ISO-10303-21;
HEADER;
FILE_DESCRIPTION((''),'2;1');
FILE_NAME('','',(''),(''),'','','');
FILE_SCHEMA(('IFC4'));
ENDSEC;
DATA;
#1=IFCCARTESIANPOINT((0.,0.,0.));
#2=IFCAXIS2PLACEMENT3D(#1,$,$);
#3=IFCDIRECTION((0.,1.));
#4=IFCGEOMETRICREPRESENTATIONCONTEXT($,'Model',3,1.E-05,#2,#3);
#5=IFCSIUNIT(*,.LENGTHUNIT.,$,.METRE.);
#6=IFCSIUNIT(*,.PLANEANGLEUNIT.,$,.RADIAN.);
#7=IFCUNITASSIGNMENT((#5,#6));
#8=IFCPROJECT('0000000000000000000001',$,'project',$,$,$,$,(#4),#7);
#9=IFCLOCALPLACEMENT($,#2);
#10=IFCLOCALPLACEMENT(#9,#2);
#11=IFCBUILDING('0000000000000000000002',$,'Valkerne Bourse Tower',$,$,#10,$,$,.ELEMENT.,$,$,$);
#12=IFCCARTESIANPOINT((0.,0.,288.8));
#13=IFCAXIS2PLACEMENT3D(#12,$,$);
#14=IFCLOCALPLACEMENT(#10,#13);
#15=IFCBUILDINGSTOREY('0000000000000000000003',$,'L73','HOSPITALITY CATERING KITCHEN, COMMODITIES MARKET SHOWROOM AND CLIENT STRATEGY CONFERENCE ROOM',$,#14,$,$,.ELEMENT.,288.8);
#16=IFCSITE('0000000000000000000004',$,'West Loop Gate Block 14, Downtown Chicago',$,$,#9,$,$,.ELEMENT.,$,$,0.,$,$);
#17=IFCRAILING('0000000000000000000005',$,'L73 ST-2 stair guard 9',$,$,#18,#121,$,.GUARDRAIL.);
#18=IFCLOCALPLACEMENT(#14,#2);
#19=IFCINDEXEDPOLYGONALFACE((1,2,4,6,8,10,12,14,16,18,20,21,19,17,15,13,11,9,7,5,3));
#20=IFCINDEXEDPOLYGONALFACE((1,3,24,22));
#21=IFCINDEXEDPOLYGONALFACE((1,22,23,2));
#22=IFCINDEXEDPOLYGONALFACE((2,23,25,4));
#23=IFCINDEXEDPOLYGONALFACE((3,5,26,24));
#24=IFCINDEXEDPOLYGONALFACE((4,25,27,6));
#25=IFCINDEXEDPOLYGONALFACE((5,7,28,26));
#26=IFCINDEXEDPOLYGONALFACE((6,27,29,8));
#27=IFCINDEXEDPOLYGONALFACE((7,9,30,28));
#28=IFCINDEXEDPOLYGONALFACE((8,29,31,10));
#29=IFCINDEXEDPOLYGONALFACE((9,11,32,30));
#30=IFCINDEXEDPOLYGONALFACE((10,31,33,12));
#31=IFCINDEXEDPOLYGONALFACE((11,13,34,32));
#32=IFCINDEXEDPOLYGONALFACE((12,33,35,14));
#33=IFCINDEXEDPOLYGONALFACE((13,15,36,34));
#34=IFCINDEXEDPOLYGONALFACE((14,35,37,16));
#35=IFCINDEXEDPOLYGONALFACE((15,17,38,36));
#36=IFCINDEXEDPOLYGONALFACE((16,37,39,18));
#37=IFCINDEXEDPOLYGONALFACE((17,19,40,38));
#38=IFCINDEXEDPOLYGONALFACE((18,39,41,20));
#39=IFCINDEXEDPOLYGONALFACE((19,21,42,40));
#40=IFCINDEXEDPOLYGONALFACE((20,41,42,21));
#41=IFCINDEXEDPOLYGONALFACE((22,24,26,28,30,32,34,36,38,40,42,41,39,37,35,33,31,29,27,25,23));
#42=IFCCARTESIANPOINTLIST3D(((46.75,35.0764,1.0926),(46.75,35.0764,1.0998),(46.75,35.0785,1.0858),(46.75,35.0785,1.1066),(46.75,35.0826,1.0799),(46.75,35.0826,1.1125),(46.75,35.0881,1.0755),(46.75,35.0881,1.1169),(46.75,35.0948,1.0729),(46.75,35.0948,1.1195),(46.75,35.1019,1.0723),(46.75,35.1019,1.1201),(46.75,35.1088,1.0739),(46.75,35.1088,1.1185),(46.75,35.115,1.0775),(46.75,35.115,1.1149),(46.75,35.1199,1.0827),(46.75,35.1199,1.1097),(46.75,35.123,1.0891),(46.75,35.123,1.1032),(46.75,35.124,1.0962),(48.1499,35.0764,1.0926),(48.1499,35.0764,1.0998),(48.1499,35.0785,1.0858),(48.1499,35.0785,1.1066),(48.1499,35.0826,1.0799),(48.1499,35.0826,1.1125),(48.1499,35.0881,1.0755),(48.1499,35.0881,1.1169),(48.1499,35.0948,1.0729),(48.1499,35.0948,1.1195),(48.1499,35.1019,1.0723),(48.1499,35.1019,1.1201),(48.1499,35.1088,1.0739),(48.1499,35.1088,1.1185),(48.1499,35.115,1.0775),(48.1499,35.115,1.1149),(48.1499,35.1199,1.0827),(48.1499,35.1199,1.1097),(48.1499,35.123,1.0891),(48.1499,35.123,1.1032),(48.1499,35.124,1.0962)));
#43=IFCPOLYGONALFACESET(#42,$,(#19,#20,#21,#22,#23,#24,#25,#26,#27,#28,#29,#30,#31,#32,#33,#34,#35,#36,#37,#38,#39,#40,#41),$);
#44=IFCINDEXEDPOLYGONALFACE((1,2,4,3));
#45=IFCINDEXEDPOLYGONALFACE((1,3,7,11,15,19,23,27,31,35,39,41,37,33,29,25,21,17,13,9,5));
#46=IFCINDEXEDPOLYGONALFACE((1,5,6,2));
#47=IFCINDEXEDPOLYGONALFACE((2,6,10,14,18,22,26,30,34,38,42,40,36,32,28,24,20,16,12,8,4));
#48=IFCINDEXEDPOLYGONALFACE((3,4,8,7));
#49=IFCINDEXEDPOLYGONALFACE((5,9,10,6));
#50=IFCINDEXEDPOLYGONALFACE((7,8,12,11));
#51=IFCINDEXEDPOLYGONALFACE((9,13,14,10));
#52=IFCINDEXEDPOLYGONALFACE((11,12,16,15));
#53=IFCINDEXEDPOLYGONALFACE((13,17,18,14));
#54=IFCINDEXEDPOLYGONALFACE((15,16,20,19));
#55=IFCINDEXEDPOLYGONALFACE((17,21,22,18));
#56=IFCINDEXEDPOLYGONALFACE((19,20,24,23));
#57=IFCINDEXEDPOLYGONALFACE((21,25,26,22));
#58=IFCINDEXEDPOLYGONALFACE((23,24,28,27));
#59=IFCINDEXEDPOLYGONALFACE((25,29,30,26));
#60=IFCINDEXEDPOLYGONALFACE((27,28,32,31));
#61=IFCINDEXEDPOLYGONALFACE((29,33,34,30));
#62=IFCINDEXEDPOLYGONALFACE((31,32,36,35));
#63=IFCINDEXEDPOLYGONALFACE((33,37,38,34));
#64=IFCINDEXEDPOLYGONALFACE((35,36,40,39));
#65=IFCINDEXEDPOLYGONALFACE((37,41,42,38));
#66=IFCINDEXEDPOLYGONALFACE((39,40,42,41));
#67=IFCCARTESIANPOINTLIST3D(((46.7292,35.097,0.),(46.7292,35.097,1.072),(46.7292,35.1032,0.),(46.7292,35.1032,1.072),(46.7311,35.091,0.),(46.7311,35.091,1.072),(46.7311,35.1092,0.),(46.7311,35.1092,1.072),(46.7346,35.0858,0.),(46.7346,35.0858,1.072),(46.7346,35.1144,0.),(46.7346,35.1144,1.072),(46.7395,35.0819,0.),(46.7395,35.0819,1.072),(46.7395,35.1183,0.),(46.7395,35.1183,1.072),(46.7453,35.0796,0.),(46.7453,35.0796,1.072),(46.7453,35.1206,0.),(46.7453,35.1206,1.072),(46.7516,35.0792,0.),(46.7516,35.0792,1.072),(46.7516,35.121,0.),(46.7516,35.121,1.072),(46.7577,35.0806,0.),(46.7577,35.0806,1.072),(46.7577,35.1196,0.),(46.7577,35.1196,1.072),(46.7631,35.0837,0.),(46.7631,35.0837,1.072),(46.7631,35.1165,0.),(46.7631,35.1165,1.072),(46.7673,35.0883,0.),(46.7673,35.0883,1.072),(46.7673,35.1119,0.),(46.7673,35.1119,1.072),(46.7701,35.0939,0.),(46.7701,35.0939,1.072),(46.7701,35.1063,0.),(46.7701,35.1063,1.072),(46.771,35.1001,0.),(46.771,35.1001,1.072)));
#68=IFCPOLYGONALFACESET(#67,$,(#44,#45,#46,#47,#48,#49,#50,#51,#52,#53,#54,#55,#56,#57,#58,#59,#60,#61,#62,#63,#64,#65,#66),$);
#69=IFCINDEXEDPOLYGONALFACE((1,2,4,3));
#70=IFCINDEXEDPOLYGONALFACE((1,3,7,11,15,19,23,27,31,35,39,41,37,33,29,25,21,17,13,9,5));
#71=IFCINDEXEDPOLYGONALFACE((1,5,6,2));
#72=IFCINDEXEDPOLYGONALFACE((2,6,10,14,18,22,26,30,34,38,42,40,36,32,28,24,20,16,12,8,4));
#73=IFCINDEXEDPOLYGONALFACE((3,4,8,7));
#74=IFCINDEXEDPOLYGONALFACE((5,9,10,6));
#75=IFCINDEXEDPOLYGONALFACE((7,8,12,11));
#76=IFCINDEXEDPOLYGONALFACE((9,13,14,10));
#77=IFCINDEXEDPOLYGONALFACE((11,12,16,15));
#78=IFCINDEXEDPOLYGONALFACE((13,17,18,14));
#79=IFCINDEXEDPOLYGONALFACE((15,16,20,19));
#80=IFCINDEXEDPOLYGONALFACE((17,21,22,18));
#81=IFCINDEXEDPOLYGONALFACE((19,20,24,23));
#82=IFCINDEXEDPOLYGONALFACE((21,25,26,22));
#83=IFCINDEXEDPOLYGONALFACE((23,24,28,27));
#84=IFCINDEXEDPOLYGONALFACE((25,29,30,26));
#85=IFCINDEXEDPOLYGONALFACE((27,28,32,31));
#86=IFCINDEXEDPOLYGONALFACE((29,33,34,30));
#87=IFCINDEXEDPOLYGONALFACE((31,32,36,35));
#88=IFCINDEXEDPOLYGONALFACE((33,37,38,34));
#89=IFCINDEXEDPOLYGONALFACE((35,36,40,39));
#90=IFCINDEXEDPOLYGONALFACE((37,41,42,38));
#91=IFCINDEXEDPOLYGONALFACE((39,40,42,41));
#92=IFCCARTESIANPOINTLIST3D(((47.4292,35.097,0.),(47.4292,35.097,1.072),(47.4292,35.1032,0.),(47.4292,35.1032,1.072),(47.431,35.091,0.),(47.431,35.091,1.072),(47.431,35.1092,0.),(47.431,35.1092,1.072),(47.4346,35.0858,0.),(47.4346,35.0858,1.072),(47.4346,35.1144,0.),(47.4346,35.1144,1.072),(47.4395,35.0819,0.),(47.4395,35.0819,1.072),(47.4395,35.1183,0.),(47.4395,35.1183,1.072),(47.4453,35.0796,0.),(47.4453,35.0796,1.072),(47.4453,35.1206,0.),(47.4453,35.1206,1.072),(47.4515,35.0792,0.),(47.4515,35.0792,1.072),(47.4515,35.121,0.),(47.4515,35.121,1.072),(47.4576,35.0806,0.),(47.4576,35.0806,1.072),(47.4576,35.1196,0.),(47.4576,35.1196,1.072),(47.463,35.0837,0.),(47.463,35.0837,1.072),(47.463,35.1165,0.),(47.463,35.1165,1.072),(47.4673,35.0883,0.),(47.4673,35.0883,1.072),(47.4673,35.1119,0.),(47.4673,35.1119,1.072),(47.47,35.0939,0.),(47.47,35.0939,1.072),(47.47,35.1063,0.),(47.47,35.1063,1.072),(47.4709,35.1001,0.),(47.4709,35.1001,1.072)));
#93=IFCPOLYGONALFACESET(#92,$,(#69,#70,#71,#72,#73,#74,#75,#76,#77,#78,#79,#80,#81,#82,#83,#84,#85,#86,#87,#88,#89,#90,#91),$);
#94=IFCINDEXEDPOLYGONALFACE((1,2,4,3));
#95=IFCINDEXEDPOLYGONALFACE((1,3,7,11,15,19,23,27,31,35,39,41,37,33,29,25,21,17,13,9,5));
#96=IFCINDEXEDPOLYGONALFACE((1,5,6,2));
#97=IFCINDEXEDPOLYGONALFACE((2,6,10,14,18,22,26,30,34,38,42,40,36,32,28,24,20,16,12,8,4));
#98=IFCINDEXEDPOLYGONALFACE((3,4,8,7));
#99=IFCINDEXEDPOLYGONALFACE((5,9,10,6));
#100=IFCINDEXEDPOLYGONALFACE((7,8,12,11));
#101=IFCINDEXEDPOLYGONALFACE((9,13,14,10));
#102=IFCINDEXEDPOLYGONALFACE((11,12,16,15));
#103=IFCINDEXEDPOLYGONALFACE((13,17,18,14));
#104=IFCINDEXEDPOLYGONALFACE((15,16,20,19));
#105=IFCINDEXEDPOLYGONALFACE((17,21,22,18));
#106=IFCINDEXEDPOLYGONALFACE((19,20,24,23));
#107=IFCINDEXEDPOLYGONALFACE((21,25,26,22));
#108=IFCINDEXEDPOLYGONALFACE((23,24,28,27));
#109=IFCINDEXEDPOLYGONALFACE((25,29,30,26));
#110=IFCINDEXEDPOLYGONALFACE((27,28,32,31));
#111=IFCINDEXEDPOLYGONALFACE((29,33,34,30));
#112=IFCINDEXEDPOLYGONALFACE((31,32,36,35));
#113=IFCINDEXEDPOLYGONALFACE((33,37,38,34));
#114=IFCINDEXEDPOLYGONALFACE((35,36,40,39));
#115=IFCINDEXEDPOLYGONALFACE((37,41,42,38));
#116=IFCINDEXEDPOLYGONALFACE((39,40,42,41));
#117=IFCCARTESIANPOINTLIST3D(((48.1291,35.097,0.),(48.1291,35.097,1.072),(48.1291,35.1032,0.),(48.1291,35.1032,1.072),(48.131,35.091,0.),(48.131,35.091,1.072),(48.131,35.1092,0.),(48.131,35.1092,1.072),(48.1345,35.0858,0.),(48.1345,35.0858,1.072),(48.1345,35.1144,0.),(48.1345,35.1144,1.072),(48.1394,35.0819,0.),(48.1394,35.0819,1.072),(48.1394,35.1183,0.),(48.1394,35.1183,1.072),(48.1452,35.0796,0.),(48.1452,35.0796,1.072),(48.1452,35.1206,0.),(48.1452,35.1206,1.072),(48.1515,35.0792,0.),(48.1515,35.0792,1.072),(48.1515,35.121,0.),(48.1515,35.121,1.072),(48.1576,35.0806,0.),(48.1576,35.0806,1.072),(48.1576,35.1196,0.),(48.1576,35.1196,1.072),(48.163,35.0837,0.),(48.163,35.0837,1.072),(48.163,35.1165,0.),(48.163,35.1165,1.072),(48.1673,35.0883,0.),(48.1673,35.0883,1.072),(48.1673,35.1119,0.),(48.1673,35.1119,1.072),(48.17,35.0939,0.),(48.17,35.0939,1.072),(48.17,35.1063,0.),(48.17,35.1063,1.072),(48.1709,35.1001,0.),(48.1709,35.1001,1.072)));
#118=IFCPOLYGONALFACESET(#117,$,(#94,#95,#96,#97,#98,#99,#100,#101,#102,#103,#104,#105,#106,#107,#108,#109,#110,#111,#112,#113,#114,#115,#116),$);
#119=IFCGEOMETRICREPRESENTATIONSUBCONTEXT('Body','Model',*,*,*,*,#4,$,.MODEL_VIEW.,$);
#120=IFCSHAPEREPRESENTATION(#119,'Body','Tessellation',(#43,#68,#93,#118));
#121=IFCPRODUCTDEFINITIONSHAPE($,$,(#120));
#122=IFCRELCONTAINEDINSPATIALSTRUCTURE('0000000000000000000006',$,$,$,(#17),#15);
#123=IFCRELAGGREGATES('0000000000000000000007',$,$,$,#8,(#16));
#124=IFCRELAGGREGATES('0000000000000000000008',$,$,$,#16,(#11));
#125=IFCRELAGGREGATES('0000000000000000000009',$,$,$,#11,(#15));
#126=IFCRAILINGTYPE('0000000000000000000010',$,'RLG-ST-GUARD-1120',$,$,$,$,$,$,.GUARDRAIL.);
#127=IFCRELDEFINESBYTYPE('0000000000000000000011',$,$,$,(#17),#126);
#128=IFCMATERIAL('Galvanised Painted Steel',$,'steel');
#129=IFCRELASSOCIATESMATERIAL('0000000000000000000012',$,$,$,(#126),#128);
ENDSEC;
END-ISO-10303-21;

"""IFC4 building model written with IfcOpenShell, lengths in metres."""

from ifc_helpers import new_model, si_unit, direction, frame, origin, origin_2d, place, context, subcontext, project, spatial, circle, extrude, material, type_object, element, save


model = new_model("IFC4")

# Units and contexts
model_context = context("Model", 3, precision=1e-05, world=origin(), true_north=direction((0.0, 1.0)))
body_context = subcontext(model_context, "Body", "Model", "MODEL_VIEW")
ifc_project = project(units=[si_unit("LENGTHUNIT", "METRE"), si_unit("PLANEANGLEUNIT", "RADIAN")], contexts=[model_context])

# Site, building, storey
site_placement = place(None, origin())
site = spatial("IfcSite", under=ifc_project, at=site_placement, Name="West Loop Gate Block 14, Downtown Chicago", CompositionType="ELEMENT", RefElevation=0.0)
building_placement = place(site_placement, origin())
building = spatial("IfcBuilding", under=site, at=building_placement, Name="Valkerne Bourse Tower", CompositionType="ELEMENT")
storey_placement = place(building_placement, frame((0.0, 0.0, 288.8)))
storey = spatial("IfcBuildingStorey", under=building, at=storey_placement, Name="L73", Description="HOSPITALITY CATERING KITCHEN, COMMODITIES MARKET SHOWROOM AND CLIENT STRATEGY CONFERENCE ROOM", CompositionType="ELEMENT", Elevation=288.8)

# Shared definitions
ifc_material_1 = material(Name="Galvanised Painted Steel", Category="steel")

# Railing
railing_type_1 = type_object("IfcRailingType", Name="RLG-ST-GUARD-1120", PredefinedType="GUARDRAIL", material=ifc_material_1)
for number, where, name in (
    (1, (46.75, 35.1001, 0.0), "L73 ST-2 stair guard 9"),
):
    element("IfcRailing", number, at=place(storey_placement, frame(where)), inside=storey, type_object=railing_type_1, Name=name, PredefinedType="GUARDRAIL", context=body_context, shape_type="SweptSolid", body=[
        extrude(circle(Radius=0.0239, at=origin_2d()), frame((0.0, 0.0, 1.0962), z_axis=(1.0, 0.0, 0.0), x_axis=(0.0, 1.0, 0.0)), (0.0, 0.0, 1.0), 1.3999),
        extrude(circle(Radius=0.021, at=origin_2d()), origin(), (0.0, 0.0, 1.0), 1.072),
        extrude(circle(Radius=0.021, at=origin_2d()), frame((0.7, 0.0, 0.0)), (0.0, 0.0, 1.0), 1.072),
        extrude(circle(Radius=0.021, at=origin_2d()), frame((1.3999, 0.0, 0.0)), (0.0, 0.0, 1.0), 1.072),
    ])

save(model, "model.ifc")
